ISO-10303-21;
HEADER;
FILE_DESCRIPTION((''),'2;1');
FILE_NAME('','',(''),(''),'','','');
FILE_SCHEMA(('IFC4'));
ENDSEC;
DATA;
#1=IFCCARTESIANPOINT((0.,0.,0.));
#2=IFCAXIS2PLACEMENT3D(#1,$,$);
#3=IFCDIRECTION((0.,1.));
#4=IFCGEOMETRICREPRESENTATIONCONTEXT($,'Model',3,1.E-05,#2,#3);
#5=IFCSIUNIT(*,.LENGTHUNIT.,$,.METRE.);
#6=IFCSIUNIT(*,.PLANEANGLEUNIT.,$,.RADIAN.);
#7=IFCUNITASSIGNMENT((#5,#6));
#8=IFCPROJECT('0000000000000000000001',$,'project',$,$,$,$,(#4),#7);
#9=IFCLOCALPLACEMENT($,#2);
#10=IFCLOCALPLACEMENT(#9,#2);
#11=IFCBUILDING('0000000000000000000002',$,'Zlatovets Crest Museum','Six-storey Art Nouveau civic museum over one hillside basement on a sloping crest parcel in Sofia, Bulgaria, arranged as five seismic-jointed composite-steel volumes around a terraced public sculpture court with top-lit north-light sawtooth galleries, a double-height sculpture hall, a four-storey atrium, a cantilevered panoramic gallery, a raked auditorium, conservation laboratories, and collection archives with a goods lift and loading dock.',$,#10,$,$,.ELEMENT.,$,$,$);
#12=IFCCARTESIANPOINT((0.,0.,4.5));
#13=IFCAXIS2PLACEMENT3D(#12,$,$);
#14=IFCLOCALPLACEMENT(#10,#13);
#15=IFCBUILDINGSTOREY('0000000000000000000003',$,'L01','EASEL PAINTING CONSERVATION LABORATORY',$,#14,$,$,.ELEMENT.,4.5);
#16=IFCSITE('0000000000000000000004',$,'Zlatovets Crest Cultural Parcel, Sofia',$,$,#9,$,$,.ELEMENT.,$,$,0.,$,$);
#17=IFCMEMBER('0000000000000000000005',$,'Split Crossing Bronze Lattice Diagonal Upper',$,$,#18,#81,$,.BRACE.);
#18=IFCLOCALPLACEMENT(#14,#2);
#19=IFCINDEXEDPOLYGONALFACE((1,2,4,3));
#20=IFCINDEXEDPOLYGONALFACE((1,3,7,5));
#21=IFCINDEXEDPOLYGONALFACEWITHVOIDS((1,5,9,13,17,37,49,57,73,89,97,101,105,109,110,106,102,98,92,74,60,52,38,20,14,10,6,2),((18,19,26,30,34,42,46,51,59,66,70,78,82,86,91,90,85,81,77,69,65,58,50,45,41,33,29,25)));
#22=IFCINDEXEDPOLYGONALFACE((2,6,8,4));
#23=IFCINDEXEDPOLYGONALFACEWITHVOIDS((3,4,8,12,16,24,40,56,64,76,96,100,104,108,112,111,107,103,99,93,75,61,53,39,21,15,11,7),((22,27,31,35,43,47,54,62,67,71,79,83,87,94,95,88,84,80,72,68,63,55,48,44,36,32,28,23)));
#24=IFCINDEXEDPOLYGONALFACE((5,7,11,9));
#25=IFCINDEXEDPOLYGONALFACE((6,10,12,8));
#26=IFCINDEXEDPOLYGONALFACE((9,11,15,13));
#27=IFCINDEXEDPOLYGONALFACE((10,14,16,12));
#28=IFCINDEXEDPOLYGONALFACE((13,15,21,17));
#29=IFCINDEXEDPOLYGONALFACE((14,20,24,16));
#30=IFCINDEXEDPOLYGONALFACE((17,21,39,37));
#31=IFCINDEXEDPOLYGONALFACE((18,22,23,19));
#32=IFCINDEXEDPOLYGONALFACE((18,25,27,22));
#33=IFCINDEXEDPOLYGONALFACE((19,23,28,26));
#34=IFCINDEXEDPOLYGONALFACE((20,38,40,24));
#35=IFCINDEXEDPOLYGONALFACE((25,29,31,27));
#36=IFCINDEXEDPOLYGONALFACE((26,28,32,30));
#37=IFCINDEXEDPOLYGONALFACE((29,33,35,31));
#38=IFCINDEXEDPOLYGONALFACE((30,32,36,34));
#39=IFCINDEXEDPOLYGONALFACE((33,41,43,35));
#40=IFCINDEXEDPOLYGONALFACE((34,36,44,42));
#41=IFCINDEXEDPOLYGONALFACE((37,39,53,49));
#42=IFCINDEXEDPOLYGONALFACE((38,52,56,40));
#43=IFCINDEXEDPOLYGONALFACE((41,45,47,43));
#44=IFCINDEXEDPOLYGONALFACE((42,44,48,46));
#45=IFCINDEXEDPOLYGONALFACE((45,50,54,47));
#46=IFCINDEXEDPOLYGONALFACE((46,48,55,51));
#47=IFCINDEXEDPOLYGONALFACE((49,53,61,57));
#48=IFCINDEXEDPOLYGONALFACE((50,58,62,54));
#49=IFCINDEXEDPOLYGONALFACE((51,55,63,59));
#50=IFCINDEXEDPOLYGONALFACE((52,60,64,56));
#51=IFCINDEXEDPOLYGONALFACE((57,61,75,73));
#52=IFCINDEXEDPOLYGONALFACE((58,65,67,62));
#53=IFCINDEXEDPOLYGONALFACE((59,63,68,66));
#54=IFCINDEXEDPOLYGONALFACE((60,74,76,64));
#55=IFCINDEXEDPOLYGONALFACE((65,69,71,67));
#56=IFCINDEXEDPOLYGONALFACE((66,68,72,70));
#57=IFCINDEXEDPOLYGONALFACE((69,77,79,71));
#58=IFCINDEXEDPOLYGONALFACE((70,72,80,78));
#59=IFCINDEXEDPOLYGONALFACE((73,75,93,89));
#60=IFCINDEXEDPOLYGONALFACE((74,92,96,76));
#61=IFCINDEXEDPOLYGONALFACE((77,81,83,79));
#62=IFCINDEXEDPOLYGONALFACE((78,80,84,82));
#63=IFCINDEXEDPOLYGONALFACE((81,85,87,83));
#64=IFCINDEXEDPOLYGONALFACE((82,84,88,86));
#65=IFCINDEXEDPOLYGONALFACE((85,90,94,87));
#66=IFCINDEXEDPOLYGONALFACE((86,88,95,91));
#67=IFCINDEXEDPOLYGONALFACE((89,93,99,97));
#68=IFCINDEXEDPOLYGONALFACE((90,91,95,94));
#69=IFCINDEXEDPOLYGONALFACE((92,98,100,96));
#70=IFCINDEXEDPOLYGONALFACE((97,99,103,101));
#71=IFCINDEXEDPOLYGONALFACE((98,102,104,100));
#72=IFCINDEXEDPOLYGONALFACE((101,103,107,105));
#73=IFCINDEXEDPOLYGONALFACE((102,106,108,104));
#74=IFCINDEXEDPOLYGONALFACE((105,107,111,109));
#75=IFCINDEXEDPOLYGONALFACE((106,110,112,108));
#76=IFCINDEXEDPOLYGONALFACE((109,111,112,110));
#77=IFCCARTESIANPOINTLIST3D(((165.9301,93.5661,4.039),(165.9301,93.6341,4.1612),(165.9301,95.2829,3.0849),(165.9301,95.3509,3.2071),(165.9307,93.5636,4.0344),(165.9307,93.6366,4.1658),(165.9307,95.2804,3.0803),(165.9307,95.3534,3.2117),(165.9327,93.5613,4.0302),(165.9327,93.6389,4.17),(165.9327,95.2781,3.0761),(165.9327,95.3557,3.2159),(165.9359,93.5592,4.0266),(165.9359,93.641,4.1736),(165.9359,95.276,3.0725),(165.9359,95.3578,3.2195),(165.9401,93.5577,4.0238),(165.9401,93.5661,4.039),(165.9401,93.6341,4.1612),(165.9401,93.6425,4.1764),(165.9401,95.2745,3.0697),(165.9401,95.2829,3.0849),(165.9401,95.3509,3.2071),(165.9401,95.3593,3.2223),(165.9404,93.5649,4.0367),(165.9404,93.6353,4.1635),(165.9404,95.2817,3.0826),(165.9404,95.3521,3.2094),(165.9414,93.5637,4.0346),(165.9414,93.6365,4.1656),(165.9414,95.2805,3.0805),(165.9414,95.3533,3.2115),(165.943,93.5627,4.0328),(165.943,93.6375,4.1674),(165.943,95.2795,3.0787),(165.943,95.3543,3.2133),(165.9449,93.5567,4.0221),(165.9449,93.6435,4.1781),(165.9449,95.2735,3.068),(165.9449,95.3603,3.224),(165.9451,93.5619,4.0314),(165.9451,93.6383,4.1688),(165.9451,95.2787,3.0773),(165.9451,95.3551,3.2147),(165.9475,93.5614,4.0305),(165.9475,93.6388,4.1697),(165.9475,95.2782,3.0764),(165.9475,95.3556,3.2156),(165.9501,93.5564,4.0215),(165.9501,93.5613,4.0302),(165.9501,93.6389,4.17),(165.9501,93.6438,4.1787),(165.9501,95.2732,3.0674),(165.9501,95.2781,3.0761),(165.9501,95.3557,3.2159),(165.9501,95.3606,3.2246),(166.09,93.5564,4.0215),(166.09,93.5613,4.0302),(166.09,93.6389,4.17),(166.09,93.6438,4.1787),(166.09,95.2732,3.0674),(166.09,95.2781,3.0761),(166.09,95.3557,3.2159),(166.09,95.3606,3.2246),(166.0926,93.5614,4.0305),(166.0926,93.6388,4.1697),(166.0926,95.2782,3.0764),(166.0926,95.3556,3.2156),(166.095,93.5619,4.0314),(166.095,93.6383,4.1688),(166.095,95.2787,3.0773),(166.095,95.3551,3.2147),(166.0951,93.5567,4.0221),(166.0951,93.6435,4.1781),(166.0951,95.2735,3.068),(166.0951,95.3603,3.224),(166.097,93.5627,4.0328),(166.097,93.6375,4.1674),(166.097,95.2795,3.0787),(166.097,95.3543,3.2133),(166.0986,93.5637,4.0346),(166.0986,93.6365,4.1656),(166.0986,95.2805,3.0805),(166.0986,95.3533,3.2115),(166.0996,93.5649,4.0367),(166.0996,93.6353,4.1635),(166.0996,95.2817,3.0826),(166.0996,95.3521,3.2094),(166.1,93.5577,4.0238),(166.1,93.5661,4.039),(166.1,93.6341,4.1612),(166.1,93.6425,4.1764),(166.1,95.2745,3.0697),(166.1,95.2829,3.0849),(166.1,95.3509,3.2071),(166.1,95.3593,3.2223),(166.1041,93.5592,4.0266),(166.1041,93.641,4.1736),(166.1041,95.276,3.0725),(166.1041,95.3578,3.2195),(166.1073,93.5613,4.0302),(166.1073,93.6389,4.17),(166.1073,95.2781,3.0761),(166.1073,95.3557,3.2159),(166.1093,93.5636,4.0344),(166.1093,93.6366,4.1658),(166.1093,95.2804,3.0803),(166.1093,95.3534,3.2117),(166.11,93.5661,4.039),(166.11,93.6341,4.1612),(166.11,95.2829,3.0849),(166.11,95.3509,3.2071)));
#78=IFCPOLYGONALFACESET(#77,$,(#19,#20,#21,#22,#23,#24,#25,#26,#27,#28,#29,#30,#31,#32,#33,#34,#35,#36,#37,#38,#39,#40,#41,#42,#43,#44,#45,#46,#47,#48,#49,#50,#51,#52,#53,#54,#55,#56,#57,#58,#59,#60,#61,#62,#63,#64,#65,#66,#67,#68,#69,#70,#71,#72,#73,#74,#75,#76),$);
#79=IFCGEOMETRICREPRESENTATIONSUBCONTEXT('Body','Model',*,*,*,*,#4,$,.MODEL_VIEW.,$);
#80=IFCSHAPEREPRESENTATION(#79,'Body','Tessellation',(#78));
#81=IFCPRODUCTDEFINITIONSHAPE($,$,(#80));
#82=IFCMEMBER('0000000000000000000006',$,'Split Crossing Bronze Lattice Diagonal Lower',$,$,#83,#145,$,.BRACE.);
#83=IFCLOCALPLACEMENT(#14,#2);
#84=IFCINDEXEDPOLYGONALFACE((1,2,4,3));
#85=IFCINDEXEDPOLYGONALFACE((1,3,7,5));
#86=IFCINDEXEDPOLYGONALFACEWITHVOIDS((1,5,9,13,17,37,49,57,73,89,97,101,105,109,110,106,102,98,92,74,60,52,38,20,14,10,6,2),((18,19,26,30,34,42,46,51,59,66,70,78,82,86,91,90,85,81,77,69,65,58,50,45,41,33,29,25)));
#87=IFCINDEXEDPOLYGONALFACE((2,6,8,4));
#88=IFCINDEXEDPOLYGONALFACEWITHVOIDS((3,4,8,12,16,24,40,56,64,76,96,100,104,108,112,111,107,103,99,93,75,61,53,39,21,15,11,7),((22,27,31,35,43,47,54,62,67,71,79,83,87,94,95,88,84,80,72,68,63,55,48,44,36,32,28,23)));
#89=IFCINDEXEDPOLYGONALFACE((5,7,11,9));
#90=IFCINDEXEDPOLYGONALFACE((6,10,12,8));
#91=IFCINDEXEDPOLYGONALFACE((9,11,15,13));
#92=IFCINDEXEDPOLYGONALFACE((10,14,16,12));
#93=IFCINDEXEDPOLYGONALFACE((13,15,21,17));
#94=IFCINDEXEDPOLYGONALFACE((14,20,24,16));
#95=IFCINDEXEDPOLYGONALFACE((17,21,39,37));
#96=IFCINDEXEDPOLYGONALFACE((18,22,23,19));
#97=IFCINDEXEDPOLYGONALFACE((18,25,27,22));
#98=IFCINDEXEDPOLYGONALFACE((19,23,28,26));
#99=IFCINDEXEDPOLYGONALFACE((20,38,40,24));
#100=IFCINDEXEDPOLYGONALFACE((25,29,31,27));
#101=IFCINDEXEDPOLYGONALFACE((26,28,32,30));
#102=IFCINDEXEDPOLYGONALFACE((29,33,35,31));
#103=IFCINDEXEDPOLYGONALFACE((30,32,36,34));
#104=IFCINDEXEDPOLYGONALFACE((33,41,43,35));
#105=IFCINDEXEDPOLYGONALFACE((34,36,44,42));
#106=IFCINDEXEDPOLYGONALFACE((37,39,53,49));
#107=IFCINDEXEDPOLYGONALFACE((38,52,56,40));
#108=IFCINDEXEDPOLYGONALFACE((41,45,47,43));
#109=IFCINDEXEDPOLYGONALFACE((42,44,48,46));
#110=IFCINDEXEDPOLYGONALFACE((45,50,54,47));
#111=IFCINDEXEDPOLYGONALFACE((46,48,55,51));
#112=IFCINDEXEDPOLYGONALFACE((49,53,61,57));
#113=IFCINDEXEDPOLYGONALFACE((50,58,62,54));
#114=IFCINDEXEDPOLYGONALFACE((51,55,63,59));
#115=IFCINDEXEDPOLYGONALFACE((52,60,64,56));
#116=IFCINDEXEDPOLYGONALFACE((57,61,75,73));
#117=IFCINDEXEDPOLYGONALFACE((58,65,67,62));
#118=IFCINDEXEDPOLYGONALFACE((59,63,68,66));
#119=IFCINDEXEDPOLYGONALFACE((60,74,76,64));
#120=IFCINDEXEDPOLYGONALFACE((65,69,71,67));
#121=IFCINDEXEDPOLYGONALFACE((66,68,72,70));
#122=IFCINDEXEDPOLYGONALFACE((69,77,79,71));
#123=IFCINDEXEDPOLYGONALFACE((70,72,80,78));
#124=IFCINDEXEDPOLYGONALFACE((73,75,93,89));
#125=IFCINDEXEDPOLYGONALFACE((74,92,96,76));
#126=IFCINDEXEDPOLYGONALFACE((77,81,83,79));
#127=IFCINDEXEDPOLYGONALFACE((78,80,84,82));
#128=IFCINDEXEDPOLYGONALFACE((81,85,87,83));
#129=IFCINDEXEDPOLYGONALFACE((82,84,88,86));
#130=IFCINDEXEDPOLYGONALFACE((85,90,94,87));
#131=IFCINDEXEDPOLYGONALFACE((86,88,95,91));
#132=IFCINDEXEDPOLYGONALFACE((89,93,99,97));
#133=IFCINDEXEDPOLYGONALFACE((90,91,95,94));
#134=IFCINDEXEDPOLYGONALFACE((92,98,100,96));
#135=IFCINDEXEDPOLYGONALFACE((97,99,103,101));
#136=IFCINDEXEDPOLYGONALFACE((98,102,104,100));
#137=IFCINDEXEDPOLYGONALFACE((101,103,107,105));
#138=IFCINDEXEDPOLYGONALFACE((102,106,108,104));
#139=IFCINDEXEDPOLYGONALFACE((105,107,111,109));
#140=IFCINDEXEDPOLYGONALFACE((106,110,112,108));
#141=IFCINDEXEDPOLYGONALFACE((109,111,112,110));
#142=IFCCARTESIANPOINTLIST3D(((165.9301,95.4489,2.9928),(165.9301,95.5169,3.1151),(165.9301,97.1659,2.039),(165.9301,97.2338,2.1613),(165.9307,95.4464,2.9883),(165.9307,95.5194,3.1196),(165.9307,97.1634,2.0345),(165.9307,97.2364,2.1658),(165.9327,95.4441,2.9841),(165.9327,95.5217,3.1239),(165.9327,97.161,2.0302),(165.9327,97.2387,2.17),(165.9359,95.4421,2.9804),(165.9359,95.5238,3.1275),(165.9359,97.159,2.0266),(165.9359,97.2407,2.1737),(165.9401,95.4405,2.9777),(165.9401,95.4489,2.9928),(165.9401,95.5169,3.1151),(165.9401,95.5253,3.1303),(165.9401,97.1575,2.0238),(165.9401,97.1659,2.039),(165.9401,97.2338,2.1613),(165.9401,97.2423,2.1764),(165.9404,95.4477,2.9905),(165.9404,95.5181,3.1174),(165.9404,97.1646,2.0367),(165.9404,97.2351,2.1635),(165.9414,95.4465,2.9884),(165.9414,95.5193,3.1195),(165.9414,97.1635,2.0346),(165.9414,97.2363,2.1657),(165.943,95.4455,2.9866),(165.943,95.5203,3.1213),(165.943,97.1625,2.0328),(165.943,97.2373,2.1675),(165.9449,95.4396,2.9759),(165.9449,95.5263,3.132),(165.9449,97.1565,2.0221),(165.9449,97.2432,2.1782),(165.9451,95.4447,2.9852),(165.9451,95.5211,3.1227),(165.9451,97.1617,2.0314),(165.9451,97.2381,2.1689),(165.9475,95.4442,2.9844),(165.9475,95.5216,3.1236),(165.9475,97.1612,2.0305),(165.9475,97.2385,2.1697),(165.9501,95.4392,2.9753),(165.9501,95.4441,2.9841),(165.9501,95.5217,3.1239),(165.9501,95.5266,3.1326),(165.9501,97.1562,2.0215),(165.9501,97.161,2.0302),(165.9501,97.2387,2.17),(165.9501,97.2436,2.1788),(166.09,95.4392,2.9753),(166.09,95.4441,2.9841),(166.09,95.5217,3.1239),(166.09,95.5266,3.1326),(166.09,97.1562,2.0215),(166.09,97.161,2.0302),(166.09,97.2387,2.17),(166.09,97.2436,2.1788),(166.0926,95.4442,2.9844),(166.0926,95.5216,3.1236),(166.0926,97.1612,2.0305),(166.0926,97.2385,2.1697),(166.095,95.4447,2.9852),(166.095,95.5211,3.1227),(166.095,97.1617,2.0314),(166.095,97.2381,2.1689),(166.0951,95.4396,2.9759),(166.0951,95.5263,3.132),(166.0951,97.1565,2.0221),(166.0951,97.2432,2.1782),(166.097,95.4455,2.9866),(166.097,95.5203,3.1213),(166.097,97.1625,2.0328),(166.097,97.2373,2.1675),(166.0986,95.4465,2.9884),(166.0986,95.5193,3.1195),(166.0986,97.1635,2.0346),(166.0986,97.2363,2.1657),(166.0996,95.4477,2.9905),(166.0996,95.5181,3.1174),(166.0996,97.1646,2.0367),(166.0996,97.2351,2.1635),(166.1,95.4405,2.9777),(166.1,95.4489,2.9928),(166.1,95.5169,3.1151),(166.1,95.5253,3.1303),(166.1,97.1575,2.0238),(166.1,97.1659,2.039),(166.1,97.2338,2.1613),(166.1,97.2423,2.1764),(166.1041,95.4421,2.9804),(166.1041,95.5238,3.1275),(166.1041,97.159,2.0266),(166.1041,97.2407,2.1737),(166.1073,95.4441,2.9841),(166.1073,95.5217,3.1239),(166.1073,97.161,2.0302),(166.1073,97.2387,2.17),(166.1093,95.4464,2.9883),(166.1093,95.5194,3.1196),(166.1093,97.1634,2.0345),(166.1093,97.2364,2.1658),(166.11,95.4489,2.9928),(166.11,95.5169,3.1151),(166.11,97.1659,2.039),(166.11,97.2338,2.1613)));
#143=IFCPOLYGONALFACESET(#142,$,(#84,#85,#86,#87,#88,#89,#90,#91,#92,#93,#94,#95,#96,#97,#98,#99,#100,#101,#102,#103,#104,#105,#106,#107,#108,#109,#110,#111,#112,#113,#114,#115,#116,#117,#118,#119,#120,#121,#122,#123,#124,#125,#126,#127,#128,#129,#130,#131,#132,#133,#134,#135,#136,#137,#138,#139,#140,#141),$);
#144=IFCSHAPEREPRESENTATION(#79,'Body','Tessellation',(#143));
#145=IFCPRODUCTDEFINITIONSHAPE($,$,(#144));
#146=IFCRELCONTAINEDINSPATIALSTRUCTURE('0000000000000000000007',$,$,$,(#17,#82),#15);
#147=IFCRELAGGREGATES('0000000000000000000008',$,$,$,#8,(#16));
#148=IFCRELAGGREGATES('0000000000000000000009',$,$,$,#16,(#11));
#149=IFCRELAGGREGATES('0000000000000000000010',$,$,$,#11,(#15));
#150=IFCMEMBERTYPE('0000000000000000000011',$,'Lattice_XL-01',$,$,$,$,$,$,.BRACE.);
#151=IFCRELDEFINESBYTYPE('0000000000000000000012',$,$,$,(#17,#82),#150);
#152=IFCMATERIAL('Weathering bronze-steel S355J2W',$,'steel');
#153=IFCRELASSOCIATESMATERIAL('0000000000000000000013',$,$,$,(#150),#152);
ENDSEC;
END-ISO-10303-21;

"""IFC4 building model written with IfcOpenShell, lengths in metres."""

from ifc_helpers import new_model, si_unit, direction, frame, origin, origin_2d, place, context, subcontext, project, spatial, hollow_rectangle, extrude, material, material_profile, profile_set, type_object, element, save


model = new_model("IFC4")

# Units and contexts
model_context = context("Model", 3, precision=1e-05, world=origin(), true_north=direction((0.0, 1.0)))
body_context = subcontext(model_context, "Body", "Model", "MODEL_VIEW")
ifc_project = project(units=[si_unit("LENGTHUNIT", "METRE"), si_unit("PLANEANGLEUNIT", "RADIAN")], contexts=[model_context])

# Site, building, storey
site_placement = place(None, origin())
site = spatial("IfcSite", under=ifc_project, at=site_placement, Name="Zlatovets Crest Cultural Parcel, Sofia", CompositionType="ELEMENT", RefElevation=0.0)
building_placement = place(site_placement, origin())
building = spatial("IfcBuilding", under=site, at=building_placement, Name="Zlatovets Crest Museum", Description="Six-storey Art Nouveau civic museum over one hillside basement on a sloping crest parcel in Sofia, Bulgaria, arranged as five seismic-jointed composite-steel volumes around a terraced public sculpture court with top-lit north-light sawtooth galleries, a double-height sculpture hall, a four-storey atrium, a cantilevered panoramic gallery, a raked auditorium, conservation laboratories, and collection archives with a goods lift and loading dock.", CompositionType="ELEMENT")
storey_placement = place(building_placement, frame((0.0, 0.0, 4.5)))
storey = spatial("IfcBuildingStorey", under=building, at=storey_placement, Name="L01", Description="EASEL PAINTING CONSERVATION LABORATORY", CompositionType="ELEMENT", Elevation=4.5)

# Members
ifc_material_1 = material(Name="Weathering bronze-steel S355J2W", Category="steel")
ifc_material_profile_1 = material_profile(ifc_material_1, hollow_rectangle(XDim=0.1799, YDim=0.1799, WallThickness=0.01, InnerFilletRadius=0.01, OuterFilletRadius=0.02, at=origin_2d()), Name="SHS 180x180x10.0")
ifc_profile_set_1 = profile_set([ifc_material_profile_1], Name="Weathering bronze-steel S355J2W")
member_type_1 = type_object("IfcMemberType", Name="Lattice_XL-01", PredefinedType="BRACE", material=ifc_profile_set_1)
for number, where, z_axis, x_axis, name in (
    (1, (166.02, 93.6001, 4.1001), (0.0, 0.874087, -0.48577), (-1.0, 0.0, 0.0), "Split Crossing Bronze Lattice Diagonal Upper"),
    (2, (166.02, 95.4829, 3.054), (0.0, 0.874169, -0.485622), (-1.0, 0.0, 0.0), "Split Crossing Bronze Lattice Diagonal Lower"),
):
    element("IfcMember", number, at=place(storey_placement, frame(where, z_axis=z_axis, x_axis=x_axis)), inside=storey, type_object=member_type_1, Name=name, PredefinedType="BRACE", context=body_context, shape_type="SweptSolid", body=[
        extrude(hollow_rectangle(XDim=0.1799, YDim=0.1799, WallThickness=0.01, InnerFilletRadius=0.01, OuterFilletRadius=0.02, at=origin_2d()), origin(), (0.0, 0.0, 1.0), 1.9641),
    ])

save(model, "model.ifc")
